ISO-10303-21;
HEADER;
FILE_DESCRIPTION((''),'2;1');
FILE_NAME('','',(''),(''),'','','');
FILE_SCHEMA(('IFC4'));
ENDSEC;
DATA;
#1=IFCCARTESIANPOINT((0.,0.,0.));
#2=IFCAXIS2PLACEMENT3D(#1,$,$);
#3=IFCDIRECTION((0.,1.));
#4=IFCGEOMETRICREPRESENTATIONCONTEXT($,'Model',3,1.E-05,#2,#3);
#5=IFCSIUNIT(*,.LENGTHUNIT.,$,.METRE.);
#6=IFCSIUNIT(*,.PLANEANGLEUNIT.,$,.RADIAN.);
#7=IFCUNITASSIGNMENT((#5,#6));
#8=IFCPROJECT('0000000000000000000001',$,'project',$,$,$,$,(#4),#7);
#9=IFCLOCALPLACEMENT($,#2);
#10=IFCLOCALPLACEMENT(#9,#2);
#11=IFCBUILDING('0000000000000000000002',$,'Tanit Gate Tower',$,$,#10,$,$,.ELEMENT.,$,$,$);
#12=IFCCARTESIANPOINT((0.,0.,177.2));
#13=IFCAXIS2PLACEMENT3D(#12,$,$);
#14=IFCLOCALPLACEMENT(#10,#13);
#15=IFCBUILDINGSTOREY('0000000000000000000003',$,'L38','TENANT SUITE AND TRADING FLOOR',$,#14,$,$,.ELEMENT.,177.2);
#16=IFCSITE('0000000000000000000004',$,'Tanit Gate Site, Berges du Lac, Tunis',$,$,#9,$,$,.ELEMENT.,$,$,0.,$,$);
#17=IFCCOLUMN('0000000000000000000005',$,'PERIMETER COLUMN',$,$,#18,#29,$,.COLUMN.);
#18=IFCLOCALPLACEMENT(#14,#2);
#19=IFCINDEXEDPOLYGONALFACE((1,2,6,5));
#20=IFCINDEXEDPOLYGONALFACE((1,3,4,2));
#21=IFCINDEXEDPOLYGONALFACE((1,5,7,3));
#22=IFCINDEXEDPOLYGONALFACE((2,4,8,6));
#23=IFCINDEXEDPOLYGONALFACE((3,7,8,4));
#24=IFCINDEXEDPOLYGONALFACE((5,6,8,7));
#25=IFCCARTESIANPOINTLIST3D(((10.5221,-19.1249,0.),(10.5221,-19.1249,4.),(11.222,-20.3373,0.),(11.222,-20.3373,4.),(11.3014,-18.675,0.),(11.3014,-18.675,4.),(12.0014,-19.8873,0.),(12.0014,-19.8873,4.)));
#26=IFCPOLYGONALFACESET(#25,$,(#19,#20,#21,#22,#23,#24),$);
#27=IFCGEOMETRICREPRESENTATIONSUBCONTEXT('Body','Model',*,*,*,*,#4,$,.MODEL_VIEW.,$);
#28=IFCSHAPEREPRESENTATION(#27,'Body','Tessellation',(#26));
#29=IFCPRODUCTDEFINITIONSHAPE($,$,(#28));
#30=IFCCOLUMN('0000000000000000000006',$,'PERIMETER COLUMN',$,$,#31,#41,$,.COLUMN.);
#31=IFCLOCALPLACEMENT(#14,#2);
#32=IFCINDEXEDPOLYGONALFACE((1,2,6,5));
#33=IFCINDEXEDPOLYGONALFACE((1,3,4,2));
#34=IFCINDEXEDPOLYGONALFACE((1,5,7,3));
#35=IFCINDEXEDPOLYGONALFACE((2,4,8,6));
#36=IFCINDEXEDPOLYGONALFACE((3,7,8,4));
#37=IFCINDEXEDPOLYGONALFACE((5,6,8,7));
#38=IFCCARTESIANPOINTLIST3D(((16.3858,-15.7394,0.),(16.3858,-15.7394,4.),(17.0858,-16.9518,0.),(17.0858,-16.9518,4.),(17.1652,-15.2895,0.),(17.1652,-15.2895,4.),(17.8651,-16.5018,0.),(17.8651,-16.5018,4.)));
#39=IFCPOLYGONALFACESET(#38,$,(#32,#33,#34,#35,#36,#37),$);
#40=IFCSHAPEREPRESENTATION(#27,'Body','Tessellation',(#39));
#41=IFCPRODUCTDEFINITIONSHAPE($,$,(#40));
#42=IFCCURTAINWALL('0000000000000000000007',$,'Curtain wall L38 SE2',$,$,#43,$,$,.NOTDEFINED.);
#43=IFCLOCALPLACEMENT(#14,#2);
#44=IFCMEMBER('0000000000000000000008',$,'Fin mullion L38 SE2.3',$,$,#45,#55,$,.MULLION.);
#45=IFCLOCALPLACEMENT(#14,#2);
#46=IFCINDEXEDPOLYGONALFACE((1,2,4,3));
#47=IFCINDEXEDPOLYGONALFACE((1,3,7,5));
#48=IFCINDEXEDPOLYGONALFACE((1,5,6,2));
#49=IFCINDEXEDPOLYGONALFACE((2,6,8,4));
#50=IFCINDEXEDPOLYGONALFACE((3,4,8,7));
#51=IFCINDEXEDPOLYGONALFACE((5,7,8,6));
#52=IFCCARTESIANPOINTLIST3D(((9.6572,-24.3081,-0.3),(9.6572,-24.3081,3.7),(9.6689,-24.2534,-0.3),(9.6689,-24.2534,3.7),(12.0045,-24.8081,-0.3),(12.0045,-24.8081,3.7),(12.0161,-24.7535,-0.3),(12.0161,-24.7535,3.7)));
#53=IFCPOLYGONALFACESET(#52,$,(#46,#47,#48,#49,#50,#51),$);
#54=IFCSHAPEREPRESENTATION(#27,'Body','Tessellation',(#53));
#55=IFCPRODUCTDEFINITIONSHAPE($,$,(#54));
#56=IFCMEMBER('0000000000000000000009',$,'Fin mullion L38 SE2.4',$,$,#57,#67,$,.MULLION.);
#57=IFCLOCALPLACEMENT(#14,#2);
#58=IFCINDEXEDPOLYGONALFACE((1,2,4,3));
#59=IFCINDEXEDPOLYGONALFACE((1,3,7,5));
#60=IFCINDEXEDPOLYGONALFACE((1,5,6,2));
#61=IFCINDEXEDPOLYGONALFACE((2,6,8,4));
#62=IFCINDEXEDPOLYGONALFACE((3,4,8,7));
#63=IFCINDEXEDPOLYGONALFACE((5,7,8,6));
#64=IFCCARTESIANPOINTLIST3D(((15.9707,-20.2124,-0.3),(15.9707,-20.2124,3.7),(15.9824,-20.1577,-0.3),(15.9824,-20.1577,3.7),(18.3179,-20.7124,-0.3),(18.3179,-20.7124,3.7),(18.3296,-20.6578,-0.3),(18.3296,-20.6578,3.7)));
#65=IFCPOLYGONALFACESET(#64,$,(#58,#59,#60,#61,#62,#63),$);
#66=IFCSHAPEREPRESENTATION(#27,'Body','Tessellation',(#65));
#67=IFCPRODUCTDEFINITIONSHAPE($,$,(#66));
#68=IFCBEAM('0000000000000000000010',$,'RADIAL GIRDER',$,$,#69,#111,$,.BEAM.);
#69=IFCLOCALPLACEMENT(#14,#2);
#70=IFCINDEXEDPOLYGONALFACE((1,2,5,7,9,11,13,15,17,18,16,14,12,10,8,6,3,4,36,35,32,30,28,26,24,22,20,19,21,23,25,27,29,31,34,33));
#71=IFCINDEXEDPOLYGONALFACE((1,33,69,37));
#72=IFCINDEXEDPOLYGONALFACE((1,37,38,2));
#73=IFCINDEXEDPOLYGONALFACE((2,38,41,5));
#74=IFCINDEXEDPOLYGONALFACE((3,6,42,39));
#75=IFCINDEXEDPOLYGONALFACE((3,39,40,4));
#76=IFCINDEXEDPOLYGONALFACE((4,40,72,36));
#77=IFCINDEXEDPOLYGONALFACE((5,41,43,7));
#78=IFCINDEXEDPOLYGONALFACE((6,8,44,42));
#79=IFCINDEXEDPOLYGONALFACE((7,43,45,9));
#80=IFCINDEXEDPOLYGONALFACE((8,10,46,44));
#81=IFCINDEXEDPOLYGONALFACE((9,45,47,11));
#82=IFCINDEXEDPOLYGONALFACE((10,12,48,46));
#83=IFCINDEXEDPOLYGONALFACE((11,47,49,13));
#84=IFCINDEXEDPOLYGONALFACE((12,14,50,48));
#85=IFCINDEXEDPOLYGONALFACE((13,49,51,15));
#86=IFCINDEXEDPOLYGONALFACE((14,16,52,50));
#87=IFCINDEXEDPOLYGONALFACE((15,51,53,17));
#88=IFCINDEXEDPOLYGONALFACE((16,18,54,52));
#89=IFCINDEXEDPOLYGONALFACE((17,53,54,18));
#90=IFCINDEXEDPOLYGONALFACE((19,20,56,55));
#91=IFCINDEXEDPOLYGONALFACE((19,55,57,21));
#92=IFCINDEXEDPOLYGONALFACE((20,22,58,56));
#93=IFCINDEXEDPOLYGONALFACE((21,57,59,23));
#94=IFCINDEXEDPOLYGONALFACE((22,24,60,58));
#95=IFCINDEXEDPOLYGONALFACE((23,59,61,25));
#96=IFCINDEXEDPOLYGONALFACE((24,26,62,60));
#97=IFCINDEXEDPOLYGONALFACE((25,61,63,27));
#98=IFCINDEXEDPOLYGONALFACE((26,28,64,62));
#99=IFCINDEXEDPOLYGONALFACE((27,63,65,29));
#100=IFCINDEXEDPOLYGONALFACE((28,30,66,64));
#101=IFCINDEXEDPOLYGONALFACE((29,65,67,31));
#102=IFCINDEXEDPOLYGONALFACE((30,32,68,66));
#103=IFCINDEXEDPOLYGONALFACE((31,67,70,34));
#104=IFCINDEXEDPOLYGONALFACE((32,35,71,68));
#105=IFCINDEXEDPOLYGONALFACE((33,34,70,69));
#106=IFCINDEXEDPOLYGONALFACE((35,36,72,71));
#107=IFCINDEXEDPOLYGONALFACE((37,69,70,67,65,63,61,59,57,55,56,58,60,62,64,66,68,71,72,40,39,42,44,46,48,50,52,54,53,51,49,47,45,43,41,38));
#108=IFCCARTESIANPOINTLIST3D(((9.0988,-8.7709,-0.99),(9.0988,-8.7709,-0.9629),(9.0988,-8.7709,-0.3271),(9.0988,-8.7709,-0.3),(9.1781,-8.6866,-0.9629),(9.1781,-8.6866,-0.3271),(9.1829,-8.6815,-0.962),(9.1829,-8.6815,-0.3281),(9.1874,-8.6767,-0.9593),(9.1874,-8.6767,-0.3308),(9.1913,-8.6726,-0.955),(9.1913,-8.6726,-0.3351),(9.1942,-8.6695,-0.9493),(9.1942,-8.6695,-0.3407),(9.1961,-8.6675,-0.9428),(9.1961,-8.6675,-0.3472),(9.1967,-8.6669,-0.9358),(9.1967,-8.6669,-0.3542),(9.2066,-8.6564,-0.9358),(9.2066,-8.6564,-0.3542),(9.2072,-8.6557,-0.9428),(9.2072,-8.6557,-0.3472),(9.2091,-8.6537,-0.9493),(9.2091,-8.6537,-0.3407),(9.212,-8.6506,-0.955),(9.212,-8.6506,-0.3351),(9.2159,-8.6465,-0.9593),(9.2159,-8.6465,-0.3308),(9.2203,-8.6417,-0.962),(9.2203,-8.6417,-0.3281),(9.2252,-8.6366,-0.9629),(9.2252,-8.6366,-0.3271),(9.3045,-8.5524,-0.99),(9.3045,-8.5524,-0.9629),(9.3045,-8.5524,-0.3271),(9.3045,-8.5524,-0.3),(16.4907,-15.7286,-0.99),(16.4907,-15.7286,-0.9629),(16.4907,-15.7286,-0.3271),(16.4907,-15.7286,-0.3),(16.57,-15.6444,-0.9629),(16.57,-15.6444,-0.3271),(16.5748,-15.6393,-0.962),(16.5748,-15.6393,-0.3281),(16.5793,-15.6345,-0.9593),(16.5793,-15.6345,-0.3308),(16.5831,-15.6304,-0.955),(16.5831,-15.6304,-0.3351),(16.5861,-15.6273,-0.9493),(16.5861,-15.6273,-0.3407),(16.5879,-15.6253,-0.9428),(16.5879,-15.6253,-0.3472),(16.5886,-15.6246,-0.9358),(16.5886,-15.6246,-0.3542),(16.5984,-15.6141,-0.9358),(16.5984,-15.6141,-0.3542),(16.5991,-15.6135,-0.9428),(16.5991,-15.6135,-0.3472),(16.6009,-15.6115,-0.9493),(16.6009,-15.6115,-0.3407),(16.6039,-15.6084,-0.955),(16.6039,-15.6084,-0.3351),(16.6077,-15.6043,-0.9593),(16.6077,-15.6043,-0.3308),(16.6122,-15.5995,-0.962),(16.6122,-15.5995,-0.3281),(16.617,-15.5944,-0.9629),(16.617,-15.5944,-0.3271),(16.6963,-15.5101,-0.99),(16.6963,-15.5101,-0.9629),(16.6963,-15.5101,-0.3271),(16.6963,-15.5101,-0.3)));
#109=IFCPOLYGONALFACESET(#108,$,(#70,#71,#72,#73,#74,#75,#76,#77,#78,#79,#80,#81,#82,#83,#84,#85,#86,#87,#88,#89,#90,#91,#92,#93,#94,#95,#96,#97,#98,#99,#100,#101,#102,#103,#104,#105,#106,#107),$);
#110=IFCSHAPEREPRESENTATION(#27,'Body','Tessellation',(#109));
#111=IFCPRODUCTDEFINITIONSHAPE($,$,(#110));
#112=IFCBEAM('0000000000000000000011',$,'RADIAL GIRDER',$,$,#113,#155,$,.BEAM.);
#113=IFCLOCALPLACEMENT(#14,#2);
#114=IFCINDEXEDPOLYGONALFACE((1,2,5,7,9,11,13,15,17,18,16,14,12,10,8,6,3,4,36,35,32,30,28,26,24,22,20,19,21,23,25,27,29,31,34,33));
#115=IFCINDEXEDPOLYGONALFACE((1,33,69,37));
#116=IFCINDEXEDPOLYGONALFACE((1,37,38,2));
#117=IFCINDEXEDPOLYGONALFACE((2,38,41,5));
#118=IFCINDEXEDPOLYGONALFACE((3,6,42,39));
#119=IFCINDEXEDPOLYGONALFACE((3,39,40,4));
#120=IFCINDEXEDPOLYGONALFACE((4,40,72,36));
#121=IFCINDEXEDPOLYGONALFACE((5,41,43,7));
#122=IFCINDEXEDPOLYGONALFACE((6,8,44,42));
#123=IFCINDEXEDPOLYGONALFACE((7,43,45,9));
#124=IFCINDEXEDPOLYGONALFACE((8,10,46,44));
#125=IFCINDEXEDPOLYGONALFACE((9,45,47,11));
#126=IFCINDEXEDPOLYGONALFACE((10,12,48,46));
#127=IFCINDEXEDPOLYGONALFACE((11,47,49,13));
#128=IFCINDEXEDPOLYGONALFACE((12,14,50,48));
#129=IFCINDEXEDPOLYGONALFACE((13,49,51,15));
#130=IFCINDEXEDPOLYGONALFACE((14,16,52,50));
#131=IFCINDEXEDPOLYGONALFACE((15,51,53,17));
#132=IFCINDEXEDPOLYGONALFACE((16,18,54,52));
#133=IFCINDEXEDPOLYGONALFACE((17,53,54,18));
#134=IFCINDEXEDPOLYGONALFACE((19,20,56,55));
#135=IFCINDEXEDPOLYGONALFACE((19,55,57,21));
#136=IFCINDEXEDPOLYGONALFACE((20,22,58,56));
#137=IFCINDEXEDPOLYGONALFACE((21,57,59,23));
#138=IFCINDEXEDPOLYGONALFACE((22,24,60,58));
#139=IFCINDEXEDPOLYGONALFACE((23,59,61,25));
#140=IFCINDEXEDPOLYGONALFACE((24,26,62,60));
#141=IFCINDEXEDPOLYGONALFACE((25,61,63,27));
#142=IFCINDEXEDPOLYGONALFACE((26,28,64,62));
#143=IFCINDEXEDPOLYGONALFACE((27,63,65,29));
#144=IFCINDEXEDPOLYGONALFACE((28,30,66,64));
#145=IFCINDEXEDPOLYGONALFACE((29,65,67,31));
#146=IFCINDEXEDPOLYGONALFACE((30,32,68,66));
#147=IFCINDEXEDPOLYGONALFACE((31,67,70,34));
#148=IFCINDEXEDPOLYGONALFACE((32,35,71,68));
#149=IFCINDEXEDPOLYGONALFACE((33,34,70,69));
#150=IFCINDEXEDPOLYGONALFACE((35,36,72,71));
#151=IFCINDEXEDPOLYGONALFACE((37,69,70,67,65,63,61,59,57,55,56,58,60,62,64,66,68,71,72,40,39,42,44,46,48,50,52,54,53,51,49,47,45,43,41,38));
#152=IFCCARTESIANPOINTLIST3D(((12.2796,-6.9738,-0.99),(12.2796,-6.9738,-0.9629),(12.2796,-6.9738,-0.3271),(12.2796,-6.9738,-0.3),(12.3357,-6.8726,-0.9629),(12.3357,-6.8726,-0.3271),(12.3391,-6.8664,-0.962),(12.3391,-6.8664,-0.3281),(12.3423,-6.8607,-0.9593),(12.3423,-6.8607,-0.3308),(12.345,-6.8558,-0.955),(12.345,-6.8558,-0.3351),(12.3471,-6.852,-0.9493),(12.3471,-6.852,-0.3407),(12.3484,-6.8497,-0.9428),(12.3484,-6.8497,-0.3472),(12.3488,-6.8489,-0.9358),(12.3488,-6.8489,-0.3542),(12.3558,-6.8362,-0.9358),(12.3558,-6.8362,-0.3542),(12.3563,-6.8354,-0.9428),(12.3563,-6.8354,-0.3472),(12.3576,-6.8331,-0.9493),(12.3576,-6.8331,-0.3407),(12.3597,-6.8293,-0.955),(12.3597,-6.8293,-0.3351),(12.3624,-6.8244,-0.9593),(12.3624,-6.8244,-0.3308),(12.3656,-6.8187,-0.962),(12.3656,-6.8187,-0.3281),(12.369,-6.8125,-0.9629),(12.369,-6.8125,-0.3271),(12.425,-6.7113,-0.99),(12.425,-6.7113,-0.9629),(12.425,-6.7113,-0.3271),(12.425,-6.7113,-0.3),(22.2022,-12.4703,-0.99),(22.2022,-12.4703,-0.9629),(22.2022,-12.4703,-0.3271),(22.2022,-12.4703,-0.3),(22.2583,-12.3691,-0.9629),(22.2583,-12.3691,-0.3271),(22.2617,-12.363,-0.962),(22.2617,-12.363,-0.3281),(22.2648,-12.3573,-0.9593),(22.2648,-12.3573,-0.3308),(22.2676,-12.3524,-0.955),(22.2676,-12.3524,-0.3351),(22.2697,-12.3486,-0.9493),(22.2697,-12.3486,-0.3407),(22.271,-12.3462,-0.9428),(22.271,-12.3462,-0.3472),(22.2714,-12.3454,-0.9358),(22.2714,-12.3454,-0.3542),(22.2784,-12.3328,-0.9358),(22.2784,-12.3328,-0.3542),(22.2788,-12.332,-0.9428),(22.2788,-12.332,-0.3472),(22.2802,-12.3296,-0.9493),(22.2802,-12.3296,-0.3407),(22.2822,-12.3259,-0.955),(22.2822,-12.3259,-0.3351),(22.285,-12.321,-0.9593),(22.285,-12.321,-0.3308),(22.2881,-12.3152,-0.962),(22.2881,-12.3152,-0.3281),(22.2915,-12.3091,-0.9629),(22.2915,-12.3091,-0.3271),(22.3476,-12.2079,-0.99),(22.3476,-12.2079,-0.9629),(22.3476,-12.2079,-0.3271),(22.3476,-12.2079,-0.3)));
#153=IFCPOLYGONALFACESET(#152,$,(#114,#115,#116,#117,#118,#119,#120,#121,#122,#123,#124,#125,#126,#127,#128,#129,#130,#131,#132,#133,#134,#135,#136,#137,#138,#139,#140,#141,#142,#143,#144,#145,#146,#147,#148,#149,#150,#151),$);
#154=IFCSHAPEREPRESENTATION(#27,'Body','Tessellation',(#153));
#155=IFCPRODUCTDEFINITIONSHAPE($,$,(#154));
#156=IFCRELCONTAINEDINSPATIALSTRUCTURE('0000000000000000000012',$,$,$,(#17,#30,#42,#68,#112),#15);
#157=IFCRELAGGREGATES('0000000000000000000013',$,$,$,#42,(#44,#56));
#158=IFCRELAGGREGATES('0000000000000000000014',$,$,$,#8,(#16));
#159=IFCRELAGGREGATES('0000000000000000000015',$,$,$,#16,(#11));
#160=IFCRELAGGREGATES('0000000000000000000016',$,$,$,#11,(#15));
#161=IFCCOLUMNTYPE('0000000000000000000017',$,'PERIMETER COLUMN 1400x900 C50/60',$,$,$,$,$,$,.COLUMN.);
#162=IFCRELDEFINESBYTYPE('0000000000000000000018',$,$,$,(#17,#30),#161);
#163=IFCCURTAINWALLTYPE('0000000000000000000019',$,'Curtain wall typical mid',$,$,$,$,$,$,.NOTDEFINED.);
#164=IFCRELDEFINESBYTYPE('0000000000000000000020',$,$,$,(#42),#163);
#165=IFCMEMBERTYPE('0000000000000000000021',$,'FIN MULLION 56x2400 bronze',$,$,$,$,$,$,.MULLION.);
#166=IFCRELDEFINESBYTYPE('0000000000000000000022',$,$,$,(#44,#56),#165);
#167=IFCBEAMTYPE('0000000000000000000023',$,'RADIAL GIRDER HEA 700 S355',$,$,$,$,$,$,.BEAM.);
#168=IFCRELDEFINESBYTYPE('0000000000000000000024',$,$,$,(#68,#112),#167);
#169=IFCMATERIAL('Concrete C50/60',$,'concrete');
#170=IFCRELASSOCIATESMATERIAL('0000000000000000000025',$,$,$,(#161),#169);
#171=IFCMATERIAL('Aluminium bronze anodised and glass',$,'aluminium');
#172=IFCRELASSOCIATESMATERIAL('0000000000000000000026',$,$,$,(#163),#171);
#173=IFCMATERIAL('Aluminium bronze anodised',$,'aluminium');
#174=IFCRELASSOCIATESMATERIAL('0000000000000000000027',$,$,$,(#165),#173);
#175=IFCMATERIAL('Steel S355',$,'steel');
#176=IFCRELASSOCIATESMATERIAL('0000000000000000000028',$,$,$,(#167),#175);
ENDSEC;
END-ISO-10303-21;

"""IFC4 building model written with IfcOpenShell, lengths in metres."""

from ifc_helpers import new_model, si_unit, direction, frame, origin, origin_2d, place, context, subcontext, project, spatial, rectangle, i_section, extrude, material, material_profile, profile_set, type_object, element, aggregate, save


model = new_model("IFC4")

# Units and contexts
model_context = context("Model", 3, precision=1e-05, world=origin(), true_north=direction((0.0, 1.0)))
body_context = subcontext(model_context, "Body", "Model", "MODEL_VIEW")
ifc_project = project(units=[si_unit("LENGTHUNIT", "METRE"), si_unit("PLANEANGLEUNIT", "RADIAN")], contexts=[model_context])

# Site, building, storey
site_placement = place(None, origin())
site = spatial("IfcSite", under=ifc_project, at=site_placement, Name="Tanit Gate Site, Berges du Lac, Tunis", CompositionType="ELEMENT", RefElevation=0.0)
building_placement = place(site_placement, origin())
building = spatial("IfcBuilding", under=site, at=building_placement, Name="Tanit Gate Tower", CompositionType="ELEMENT")
storey_placement = place(building_placement, frame((0.0, 0.0, 177.2)))
storey = spatial("IfcBuildingStorey", under=building, at=storey_placement, Name="L38", Description="TENANT SUITE AND TRADING FLOOR", CompositionType="ELEMENT", Elevation=177.2)

# Columns
ifc_material_1 = material(Name="Concrete C50/60", Category="concrete")
ifc_material_profile_1 = material_profile(ifc_material_1, rectangle(XDim=1.3999, YDim=0.8999, at=origin_2d()), Name="RC 1400x900")
ifc_profile_set_1 = profile_set([ifc_material_profile_1], Name="Concrete C50/60")
column_type = type_object("IfcColumnType", Name="PERIMETER COLUMN 1400x900 C50/60", PredefinedType="COLUMN", material=ifc_profile_set_1)
for number, where, z_axis, x_axis, name in (
    (1, (11.2617, -19.5061, 0.0), (0.0, 0.0, 1.0), (0.5, -0.866025, 0.0), "PERIMETER COLUMN"),
    (2, (17.1255, -16.1206, 0.0), (0.0, 0.0, 1.0), (0.5, -0.866025, 0.0), "PERIMETER COLUMN"),
):
    element("IfcColumn", number, at=place(storey_placement, frame(where, z_axis=z_axis, x_axis=x_axis)), inside=storey, type_object=column_type, Name=name, PredefinedType="COLUMN", context=body_context, shape_type="SweptSolid", body=[
        extrude(rectangle(XDim=1.3999, YDim=0.8999, at=origin_2d()), origin(), (0.0, 0.0, 1.0), 4.0),
    ])

# Curtain wall, members
ifc_material_2 = material(Name="Aluminium bronze anodised and glass", Category="aluminium")
curtain_wall_type = type_object("IfcCurtainWallType", Name="Curtain wall typical mid", PredefinedType="NOTDEFINED", material=ifc_material_2)
curtain_wall_placement = place(storey_placement, origin())
curtain_wall = element("IfcCurtainWall", 3, at=curtain_wall_placement, inside=storey, type_object=curtain_wall_type, Name="Curtain wall L38 SE2", PredefinedType="NOTDEFINED")
ifc_material_3 = material(Name="Aluminium bronze anodised", Category="aluminium")
ifc_material_profile_2 = material_profile(ifc_material_3, rectangle(XDim=2.3999, YDim=0.0559, at=origin_2d()), Name="56x2400 bronze fin mullion")
ifc_profile_set_2 = profile_set([ifc_material_profile_2], Name="Aluminium bronze anodised")
member_type_1 = type_object("IfcMemberType", Name="FIN MULLION 56x2400 bronze", PredefinedType="MULLION", material=ifc_profile_set_2)
member_1_placement = place(storey_placement, frame((10.8367, -24.5308, -0.3), z_axis=(0.0, 0.0, 1.0), x_axis=(-0.978049, 0.208373, 0.0)))
member_1 = element("IfcMember", 4, at=member_1_placement, type_object=member_type_1, Name="Fin mullion L38 SE2.3", PredefinedType="MULLION", context=body_context, shape_type="SweptSolid", body=[
    extrude(rectangle(XDim=2.3999, YDim=0.0559, at=origin_2d()), origin(), (0.0, 0.0, 1.0), 4.0),
])
member_2_placement = place(storey_placement, frame((17.1501, -20.4351, -0.3), z_axis=(0.0, 0.0, 1.0), x_axis=(-0.978049, 0.208373, 0.0)))
member_2 = element("IfcMember", 5, at=member_2_placement, type_object=member_type_1, Name="Fin mullion L38 SE2.4", PredefinedType="MULLION", context=body_context, shape_type="SweptSolid", body=[
    extrude(rectangle(XDim=2.3999, YDim=0.0559, at=origin_2d()), origin(), (0.0, 0.0, 1.0), 4.0),
])

# Beams
ifc_material_4 = material(Name="Steel S355", Category="steel")
ifc_material_profile_3 = material_profile(ifc_material_4, i_section(OverallWidth=0.3, OverallDepth=0.6899, WebThickness=0.0144, FlangeThickness=0.0271, FilletRadius=0.0271, at=origin_2d()), Name="HEA 700")
ifc_profile_set_3 = profile_set([ifc_material_profile_3], Name="Steel S355")
beam_type_1 = type_object("IfcBeamType", Name="RADIAL GIRDER HEA 700 S355", PredefinedType="BEAM", material=ifc_profile_set_3)
beam_1_placement = place(storey_placement, frame((16.5935, -15.6194, -0.645), z_axis=(-0.728164, 0.685403, 0.0), x_axis=(-0.685403, -0.728164, 0.0)))
element("IfcBeam", 6, at=beam_1_placement, inside=storey, type_object=beam_type_1, Name="RADIAL GIRDER", PredefinedType="BEAM", context=body_context, shape_type="SweptSolid", body=[
    extrude(i_section(OverallWidth=0.3, OverallDepth=0.6899, WebThickness=0.0144, FlangeThickness=0.0271, FilletRadius=0.0271, at=origin_2d()), origin(), (0.0, 0.0, 1.0), 10.1514),
])
beam_2_placement = place(storey_placement, frame((22.2749, -12.3391, -0.645), z_axis=(-0.874755, 0.484566, 0.0), x_axis=(-0.484566, -0.874755, 0.0)))
element("IfcBeam", 7, at=beam_2_placement, inside=storey, type_object=beam_type_1, Name="RADIAL GIRDER", PredefinedType="BEAM", context=body_context, shape_type="SweptSolid", body=[
    extrude(i_section(OverallWidth=0.3, OverallDepth=0.6899, WebThickness=0.0144, FlangeThickness=0.0271, FilletRadius=0.0271, at=origin_2d()), origin(), (0.0, 0.0, 1.0), 11.3433),
])

aggregate(curtain_wall, [member_1, member_2])

save(model, "model.ifc")
